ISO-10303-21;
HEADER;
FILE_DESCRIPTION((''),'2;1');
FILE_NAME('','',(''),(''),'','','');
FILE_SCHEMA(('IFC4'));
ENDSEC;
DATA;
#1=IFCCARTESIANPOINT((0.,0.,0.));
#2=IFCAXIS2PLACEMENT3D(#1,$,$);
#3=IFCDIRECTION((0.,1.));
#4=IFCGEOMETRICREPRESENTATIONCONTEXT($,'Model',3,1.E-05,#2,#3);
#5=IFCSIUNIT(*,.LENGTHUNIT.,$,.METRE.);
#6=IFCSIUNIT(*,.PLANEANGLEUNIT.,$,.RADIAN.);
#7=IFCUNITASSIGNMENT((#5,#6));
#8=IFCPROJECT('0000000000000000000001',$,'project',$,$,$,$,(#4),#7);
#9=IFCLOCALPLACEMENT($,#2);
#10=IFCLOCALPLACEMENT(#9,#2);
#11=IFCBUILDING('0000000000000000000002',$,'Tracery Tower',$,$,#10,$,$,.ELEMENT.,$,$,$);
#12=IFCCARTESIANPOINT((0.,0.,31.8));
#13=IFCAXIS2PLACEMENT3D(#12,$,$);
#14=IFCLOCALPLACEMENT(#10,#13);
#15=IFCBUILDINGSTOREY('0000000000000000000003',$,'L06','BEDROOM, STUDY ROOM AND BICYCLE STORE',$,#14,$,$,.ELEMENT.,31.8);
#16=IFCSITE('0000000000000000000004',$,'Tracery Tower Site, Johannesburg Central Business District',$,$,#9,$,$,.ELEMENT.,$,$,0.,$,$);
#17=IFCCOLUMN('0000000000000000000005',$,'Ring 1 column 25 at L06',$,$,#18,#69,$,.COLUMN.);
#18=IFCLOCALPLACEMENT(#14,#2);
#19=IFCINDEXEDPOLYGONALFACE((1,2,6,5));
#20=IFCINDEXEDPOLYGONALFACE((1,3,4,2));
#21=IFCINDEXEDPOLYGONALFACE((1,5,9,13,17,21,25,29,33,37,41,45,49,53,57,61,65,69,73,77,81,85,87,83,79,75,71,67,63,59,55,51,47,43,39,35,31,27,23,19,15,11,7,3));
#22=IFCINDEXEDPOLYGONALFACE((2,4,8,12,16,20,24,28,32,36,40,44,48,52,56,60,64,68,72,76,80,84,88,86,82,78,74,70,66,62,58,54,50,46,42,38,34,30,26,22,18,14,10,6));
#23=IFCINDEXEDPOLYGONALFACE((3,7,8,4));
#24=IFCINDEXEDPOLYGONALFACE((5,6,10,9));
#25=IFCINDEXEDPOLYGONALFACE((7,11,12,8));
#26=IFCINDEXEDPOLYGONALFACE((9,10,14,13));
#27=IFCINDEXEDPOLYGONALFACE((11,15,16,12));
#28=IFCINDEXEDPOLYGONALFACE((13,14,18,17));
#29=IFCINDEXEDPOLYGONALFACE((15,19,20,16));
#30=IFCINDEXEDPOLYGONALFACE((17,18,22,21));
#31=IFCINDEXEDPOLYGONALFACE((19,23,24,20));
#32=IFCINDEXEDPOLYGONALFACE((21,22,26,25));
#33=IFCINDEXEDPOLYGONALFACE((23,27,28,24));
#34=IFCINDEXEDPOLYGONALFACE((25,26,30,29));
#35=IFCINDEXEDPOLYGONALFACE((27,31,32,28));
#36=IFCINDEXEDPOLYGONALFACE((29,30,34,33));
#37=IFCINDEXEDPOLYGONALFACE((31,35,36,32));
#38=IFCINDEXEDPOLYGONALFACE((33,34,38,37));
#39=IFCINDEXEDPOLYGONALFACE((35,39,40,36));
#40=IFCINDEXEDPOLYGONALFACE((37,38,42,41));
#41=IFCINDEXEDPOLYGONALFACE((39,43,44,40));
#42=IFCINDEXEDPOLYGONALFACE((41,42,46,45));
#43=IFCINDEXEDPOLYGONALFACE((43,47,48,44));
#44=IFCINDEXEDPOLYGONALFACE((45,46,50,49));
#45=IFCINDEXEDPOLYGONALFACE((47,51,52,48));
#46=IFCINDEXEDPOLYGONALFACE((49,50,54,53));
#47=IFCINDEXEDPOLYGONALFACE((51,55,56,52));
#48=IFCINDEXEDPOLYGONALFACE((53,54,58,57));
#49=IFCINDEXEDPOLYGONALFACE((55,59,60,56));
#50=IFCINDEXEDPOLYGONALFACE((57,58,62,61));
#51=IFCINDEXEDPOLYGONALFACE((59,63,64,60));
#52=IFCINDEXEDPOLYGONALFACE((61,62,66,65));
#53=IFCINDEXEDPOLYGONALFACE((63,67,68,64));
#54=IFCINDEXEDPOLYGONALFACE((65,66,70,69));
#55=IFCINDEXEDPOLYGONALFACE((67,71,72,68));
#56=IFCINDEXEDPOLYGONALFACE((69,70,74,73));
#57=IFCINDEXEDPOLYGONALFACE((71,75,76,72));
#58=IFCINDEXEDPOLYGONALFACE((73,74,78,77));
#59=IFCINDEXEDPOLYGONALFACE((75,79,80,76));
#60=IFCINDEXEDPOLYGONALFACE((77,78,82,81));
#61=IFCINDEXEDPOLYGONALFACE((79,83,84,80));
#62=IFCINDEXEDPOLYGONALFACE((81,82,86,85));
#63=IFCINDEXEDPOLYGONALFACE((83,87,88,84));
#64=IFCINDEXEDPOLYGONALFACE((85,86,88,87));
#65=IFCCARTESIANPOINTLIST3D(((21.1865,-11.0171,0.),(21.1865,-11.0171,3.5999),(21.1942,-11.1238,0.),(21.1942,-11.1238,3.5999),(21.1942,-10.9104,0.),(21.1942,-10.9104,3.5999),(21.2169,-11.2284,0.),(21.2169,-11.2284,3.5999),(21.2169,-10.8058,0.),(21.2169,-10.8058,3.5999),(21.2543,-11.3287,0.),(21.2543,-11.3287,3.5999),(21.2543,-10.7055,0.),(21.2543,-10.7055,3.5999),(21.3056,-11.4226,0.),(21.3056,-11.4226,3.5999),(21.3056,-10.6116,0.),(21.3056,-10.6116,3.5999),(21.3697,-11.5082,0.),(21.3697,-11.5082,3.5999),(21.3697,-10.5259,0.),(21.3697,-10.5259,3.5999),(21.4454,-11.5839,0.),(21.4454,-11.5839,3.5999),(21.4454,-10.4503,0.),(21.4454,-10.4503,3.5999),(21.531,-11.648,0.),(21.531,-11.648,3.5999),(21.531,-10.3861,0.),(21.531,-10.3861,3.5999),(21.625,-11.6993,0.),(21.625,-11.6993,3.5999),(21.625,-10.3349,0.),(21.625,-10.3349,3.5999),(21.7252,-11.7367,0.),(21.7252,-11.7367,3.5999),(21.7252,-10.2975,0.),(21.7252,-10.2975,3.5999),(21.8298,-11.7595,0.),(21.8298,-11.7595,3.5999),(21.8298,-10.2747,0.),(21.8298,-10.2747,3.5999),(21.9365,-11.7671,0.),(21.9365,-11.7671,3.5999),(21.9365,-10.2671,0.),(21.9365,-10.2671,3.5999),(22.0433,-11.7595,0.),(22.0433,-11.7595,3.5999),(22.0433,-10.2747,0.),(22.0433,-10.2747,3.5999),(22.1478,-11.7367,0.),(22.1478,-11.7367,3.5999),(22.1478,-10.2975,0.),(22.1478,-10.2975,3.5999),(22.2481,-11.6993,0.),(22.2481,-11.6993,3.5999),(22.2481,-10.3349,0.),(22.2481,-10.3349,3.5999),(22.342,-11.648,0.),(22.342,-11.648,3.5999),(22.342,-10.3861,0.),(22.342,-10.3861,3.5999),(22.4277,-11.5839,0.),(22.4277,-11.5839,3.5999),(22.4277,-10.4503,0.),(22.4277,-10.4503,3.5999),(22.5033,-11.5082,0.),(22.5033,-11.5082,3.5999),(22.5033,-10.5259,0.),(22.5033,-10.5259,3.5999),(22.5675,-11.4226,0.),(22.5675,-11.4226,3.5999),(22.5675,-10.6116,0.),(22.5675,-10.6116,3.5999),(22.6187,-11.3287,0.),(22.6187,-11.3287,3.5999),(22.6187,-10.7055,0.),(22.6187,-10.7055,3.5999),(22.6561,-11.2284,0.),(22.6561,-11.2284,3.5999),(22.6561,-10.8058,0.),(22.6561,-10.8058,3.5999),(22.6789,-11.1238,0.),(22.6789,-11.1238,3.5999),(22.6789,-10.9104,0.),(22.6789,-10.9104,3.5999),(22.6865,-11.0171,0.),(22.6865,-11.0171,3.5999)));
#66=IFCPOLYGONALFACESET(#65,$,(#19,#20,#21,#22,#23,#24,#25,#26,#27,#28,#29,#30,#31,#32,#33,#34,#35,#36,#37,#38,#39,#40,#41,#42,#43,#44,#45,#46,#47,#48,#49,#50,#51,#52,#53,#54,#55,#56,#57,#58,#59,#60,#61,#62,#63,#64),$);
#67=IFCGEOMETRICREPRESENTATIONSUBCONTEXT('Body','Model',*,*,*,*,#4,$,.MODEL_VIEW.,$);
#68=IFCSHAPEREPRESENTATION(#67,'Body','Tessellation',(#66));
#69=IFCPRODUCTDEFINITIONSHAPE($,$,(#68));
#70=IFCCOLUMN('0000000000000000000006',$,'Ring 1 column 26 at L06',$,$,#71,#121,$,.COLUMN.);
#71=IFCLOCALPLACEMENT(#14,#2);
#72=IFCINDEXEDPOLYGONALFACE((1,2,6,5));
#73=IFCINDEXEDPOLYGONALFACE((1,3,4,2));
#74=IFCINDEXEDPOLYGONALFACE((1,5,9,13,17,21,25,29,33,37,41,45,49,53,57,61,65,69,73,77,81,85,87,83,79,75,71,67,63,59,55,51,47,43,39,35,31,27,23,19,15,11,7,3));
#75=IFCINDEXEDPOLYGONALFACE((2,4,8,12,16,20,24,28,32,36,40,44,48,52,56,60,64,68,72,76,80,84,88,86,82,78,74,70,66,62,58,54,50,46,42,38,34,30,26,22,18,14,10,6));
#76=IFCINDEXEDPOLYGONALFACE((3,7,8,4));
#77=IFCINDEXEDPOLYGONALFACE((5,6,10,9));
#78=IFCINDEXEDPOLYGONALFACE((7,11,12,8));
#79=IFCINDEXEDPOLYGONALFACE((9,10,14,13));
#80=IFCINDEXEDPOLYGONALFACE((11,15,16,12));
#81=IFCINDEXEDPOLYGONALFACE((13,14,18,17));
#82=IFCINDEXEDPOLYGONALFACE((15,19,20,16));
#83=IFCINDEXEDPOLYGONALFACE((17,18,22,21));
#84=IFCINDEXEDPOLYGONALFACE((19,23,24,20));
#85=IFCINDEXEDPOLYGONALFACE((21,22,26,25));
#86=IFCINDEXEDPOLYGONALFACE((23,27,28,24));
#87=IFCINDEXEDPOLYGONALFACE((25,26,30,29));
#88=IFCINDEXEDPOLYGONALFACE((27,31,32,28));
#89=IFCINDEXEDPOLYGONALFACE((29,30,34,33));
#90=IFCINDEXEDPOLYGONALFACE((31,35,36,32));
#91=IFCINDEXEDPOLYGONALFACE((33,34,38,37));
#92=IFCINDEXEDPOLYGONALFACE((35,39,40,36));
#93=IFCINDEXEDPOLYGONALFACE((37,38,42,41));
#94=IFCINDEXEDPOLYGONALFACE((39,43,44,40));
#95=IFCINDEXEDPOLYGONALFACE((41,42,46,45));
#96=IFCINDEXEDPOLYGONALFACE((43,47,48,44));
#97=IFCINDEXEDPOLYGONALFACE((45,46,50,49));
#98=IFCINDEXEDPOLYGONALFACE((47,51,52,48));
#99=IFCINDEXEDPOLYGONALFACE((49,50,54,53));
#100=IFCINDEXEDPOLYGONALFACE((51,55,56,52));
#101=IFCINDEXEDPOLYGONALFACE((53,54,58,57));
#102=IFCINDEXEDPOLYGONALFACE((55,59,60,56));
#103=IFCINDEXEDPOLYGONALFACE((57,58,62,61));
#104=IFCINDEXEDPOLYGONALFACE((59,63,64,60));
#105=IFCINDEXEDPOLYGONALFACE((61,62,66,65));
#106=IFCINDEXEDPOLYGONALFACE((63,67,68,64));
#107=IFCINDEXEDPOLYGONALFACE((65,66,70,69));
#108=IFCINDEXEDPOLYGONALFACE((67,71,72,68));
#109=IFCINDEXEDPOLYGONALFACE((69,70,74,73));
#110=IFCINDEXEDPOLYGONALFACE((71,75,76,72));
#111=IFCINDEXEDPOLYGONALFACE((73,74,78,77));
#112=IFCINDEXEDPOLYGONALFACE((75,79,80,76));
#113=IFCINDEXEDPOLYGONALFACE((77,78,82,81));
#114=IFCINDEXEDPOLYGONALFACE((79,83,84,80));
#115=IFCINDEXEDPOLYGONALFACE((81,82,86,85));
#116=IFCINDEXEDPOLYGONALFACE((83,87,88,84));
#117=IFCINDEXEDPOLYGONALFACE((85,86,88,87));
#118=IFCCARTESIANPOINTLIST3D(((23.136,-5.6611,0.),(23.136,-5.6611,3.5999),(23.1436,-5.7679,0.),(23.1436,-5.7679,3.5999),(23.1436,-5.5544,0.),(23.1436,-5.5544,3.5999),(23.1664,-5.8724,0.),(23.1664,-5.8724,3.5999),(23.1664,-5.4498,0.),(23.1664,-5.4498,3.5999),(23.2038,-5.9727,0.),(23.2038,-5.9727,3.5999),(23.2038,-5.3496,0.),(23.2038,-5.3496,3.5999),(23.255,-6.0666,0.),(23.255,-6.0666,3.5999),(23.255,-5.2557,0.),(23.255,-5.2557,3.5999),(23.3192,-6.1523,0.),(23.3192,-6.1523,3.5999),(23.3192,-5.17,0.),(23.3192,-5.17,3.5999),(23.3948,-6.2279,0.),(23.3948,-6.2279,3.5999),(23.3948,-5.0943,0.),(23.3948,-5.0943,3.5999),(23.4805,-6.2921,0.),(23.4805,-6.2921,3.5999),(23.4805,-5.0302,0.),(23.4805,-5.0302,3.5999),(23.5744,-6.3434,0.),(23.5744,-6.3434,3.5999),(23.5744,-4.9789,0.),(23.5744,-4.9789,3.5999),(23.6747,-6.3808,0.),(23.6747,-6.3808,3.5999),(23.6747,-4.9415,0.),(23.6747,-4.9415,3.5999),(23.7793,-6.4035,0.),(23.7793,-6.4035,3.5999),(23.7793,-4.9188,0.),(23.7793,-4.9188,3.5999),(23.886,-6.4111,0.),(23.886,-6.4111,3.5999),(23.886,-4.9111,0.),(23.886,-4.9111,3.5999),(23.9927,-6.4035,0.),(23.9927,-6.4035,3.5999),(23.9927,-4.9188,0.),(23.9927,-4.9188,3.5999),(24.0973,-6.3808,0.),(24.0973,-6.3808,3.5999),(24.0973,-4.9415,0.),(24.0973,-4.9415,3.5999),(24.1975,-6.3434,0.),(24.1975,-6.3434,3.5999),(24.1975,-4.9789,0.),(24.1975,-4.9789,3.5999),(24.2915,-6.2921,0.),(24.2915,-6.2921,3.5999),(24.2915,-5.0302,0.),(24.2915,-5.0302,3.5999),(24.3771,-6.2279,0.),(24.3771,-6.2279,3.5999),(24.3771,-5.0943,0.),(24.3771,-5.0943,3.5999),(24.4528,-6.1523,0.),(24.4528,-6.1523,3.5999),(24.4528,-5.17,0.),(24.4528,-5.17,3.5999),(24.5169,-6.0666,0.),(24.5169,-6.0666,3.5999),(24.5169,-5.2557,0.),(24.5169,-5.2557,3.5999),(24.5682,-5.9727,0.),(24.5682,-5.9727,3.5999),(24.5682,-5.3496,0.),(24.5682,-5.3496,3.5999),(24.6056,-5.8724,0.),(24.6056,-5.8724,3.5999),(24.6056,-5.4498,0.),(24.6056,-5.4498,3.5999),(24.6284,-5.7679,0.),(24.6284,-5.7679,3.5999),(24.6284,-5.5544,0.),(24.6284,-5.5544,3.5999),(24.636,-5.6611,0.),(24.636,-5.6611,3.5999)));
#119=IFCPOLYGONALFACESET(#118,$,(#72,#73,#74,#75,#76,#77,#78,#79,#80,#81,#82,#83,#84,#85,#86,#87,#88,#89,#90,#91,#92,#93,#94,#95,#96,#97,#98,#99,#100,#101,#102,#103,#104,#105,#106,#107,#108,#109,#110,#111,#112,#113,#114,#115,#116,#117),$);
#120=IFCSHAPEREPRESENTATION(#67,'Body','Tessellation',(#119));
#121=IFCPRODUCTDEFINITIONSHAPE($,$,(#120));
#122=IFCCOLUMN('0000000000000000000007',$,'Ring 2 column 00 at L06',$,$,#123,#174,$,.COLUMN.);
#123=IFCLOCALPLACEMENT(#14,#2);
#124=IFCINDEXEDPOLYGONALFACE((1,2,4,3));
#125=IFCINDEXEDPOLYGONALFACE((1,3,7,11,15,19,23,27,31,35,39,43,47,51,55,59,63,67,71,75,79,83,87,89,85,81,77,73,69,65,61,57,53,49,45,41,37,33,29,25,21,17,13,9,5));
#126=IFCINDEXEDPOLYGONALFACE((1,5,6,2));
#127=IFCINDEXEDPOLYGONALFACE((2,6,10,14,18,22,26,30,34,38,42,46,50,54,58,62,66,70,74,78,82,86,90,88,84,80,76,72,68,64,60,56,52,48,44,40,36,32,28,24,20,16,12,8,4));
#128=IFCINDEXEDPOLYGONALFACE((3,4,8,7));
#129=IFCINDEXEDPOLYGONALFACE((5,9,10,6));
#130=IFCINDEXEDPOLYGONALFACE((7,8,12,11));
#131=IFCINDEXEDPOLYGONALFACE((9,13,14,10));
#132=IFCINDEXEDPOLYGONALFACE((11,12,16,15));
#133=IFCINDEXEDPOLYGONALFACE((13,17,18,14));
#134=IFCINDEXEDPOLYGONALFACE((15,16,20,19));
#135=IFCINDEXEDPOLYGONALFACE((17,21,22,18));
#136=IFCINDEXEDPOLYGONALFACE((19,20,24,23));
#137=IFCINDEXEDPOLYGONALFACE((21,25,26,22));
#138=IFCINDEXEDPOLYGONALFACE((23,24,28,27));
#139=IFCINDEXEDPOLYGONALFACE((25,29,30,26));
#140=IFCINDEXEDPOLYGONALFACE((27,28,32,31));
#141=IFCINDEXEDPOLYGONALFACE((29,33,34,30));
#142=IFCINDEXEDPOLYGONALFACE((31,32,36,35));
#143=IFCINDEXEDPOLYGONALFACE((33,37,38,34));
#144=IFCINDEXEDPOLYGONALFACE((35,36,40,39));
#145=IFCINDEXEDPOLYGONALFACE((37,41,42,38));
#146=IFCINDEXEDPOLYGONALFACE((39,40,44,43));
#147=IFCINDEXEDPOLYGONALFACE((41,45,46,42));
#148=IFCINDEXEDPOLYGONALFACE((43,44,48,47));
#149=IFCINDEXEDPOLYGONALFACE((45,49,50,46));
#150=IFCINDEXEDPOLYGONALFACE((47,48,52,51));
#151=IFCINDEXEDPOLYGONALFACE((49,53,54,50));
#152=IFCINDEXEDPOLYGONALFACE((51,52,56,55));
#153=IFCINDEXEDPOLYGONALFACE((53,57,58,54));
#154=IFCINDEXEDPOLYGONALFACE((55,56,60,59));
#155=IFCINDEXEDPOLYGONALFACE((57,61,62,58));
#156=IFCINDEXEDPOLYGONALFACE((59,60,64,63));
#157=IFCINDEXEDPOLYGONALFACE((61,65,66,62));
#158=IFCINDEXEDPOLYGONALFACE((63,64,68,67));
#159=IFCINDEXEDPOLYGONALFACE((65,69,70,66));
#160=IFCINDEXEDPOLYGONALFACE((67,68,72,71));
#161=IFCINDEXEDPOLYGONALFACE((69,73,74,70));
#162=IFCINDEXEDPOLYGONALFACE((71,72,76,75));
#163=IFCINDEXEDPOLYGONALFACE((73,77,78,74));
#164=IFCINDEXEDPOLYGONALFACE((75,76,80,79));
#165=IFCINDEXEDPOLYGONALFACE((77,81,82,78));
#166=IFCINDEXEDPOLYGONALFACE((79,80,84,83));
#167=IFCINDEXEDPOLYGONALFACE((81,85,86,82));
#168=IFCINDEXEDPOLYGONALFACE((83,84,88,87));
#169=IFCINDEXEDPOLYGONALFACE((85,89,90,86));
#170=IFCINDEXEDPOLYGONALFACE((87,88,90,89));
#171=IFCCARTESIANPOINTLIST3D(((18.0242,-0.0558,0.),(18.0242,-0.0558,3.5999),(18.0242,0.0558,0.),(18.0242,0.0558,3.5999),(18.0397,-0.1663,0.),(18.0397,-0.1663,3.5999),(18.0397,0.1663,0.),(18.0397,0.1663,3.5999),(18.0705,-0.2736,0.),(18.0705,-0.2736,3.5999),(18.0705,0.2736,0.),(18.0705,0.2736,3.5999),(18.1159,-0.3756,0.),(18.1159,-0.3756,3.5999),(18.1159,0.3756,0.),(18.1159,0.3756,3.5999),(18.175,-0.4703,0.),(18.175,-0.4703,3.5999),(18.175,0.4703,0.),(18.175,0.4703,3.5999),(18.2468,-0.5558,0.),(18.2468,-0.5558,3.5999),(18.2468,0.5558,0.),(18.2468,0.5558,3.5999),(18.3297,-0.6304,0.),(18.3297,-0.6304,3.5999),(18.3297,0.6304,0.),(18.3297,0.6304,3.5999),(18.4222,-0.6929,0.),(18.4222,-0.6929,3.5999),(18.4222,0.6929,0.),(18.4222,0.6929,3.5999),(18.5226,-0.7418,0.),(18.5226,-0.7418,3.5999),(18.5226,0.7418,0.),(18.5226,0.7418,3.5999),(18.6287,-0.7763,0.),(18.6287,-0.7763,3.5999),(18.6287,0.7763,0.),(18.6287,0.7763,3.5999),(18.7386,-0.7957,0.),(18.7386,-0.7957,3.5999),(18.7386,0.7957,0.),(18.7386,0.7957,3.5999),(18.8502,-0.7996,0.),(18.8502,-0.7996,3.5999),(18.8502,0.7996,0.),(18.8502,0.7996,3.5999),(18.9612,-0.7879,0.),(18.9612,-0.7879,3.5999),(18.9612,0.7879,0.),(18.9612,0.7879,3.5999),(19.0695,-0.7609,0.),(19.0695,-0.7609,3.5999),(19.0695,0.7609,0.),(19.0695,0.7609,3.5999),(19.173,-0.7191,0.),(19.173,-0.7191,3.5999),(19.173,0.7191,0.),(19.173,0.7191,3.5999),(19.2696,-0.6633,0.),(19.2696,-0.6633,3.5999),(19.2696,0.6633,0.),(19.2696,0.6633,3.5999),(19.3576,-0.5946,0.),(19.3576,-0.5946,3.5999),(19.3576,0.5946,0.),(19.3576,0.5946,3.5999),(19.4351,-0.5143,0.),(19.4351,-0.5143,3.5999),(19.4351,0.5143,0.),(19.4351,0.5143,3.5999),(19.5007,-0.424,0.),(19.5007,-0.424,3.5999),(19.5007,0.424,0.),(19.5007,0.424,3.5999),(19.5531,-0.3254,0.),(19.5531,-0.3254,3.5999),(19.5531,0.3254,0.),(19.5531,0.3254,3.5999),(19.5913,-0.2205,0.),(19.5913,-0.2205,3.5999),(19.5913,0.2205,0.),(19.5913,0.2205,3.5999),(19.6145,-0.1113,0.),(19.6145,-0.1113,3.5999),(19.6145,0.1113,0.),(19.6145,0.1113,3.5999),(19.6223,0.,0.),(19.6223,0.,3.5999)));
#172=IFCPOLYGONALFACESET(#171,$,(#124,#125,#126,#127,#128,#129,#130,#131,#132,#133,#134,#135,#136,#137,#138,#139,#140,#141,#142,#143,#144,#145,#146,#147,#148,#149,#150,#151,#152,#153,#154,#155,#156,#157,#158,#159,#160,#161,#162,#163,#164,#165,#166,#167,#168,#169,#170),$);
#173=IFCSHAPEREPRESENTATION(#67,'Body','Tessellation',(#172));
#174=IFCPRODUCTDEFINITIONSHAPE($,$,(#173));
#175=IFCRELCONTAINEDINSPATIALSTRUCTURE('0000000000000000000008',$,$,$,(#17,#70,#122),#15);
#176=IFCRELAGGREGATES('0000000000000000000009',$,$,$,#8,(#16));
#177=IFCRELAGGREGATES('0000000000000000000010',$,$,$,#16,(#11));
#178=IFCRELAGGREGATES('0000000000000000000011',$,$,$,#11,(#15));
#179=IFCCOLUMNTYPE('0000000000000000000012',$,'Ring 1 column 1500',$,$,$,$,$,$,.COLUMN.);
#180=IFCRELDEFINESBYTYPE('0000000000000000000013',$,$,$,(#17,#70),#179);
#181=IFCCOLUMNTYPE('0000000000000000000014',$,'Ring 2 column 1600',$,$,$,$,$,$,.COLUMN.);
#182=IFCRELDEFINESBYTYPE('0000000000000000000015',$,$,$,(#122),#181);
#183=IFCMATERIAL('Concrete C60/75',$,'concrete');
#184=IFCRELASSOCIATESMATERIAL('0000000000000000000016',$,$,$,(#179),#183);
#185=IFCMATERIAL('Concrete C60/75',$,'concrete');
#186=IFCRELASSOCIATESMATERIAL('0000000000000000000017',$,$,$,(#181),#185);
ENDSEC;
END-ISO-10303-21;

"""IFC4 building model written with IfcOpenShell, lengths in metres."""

from ifc_helpers import new_model, si_unit, direction, frame, origin, origin_2d, place, context, subcontext, project, spatial, circle, extrude, material, material_profile, profile_set, type_object, element, save


model = new_model("IFC4")

# Units and contexts
model_context = context("Model", 3, precision=1e-05, world=origin(), true_north=direction((0.0, 1.0)))
body_context = subcontext(model_context, "Body", "Model", "MODEL_VIEW")
ifc_project = project(units=[si_unit("LENGTHUNIT", "METRE"), si_unit("PLANEANGLEUNIT", "RADIAN")], contexts=[model_context])

# Site, building, storey
site_placement = place(None, origin())
site = spatial("IfcSite", under=ifc_project, at=site_placement, Name="Tracery Tower Site, Johannesburg Central Business District", CompositionType="ELEMENT", RefElevation=0.0)
building_placement = place(site_placement, origin())
building = spatial("IfcBuilding", under=site, at=building_placement, Name="Tracery Tower", CompositionType="ELEMENT")
storey_placement = place(building_placement, frame((0.0, 0.0, 31.8)))
storey = spatial("IfcBuildingStorey", under=building, at=storey_placement, Name="L06", Description="BEDROOM, STUDY ROOM AND BICYCLE STORE", CompositionType="ELEMENT", Elevation=31.8)

# Columns
ifc_material_1 = material(Name="Concrete C60/75", Category="concrete")
ifc_material_profile_1 = material_profile(ifc_material_1, circle(Radius=0.75, at=origin_2d()), Name="RC D1500")
ifc_profile_set_1 = profile_set([ifc_material_profile_1], Name="Concrete C60/75")
column_type_1 = type_object("IfcColumnType", Name="Ring 1 column 1500", PredefinedType="COLUMN", material=ifc_profile_set_1)
for number, where, z_axis, x_axis, name in (
    (1, (21.9365, -11.0171, 0.0), (0.0, 0.0, 1.0), (1.0, 0.0, 0.0), "Ring 1 column 25 at L06"),
    (2, (23.886, -5.6611, 0.0), (0.0, 0.0, 1.0), (1.0, 0.0, 0.0), "Ring 1 column 26 at L06"),
):
    element("IfcColumn", number, at=place(storey_placement, frame(where, z_axis=z_axis, x_axis=x_axis)), inside=storey, type_object=column_type_1, Name=name, PredefinedType="COLUMN", context=body_context, shape_type="SweptSolid", body=[
        extrude(circle(Radius=0.75, at=origin_2d()), origin(), (0.0, 0.0, 1.0), 3.5999),
    ])
ifc_material_2 = material(Name="Concrete C60/75", Category="concrete")
ifc_material_profile_2 = material_profile(ifc_material_2, circle(Radius=0.8, at=origin_2d()), Name="RC D1600")
ifc_profile_set_2 = profile_set([ifc_material_profile_2], Name="Concrete C60/75")
column_type_2 = type_object("IfcColumnType", Name="Ring 2 column 1600", PredefinedType="COLUMN", material=ifc_profile_set_2)
for number, where, z_axis, x_axis, name in (
    (3, (18.8223, 0.0, 0.0), (0.0, 0.0, 1.0), (1.0, 0.0, 0.0), "Ring 2 column 00 at L06"),
):
    element("IfcColumn", number, at=place(storey_placement, frame(where, z_axis=z_axis, x_axis=x_axis)), inside=storey, type_object=column_type_2, Name=name, PredefinedType="COLUMN", context=body_context, shape_type="SweptSolid", body=[
        extrude(circle(Radius=0.8, at=origin_2d()), origin(), (0.0, 0.0, 1.0), 3.5999),
    ])

save(model, "model.ifc")
